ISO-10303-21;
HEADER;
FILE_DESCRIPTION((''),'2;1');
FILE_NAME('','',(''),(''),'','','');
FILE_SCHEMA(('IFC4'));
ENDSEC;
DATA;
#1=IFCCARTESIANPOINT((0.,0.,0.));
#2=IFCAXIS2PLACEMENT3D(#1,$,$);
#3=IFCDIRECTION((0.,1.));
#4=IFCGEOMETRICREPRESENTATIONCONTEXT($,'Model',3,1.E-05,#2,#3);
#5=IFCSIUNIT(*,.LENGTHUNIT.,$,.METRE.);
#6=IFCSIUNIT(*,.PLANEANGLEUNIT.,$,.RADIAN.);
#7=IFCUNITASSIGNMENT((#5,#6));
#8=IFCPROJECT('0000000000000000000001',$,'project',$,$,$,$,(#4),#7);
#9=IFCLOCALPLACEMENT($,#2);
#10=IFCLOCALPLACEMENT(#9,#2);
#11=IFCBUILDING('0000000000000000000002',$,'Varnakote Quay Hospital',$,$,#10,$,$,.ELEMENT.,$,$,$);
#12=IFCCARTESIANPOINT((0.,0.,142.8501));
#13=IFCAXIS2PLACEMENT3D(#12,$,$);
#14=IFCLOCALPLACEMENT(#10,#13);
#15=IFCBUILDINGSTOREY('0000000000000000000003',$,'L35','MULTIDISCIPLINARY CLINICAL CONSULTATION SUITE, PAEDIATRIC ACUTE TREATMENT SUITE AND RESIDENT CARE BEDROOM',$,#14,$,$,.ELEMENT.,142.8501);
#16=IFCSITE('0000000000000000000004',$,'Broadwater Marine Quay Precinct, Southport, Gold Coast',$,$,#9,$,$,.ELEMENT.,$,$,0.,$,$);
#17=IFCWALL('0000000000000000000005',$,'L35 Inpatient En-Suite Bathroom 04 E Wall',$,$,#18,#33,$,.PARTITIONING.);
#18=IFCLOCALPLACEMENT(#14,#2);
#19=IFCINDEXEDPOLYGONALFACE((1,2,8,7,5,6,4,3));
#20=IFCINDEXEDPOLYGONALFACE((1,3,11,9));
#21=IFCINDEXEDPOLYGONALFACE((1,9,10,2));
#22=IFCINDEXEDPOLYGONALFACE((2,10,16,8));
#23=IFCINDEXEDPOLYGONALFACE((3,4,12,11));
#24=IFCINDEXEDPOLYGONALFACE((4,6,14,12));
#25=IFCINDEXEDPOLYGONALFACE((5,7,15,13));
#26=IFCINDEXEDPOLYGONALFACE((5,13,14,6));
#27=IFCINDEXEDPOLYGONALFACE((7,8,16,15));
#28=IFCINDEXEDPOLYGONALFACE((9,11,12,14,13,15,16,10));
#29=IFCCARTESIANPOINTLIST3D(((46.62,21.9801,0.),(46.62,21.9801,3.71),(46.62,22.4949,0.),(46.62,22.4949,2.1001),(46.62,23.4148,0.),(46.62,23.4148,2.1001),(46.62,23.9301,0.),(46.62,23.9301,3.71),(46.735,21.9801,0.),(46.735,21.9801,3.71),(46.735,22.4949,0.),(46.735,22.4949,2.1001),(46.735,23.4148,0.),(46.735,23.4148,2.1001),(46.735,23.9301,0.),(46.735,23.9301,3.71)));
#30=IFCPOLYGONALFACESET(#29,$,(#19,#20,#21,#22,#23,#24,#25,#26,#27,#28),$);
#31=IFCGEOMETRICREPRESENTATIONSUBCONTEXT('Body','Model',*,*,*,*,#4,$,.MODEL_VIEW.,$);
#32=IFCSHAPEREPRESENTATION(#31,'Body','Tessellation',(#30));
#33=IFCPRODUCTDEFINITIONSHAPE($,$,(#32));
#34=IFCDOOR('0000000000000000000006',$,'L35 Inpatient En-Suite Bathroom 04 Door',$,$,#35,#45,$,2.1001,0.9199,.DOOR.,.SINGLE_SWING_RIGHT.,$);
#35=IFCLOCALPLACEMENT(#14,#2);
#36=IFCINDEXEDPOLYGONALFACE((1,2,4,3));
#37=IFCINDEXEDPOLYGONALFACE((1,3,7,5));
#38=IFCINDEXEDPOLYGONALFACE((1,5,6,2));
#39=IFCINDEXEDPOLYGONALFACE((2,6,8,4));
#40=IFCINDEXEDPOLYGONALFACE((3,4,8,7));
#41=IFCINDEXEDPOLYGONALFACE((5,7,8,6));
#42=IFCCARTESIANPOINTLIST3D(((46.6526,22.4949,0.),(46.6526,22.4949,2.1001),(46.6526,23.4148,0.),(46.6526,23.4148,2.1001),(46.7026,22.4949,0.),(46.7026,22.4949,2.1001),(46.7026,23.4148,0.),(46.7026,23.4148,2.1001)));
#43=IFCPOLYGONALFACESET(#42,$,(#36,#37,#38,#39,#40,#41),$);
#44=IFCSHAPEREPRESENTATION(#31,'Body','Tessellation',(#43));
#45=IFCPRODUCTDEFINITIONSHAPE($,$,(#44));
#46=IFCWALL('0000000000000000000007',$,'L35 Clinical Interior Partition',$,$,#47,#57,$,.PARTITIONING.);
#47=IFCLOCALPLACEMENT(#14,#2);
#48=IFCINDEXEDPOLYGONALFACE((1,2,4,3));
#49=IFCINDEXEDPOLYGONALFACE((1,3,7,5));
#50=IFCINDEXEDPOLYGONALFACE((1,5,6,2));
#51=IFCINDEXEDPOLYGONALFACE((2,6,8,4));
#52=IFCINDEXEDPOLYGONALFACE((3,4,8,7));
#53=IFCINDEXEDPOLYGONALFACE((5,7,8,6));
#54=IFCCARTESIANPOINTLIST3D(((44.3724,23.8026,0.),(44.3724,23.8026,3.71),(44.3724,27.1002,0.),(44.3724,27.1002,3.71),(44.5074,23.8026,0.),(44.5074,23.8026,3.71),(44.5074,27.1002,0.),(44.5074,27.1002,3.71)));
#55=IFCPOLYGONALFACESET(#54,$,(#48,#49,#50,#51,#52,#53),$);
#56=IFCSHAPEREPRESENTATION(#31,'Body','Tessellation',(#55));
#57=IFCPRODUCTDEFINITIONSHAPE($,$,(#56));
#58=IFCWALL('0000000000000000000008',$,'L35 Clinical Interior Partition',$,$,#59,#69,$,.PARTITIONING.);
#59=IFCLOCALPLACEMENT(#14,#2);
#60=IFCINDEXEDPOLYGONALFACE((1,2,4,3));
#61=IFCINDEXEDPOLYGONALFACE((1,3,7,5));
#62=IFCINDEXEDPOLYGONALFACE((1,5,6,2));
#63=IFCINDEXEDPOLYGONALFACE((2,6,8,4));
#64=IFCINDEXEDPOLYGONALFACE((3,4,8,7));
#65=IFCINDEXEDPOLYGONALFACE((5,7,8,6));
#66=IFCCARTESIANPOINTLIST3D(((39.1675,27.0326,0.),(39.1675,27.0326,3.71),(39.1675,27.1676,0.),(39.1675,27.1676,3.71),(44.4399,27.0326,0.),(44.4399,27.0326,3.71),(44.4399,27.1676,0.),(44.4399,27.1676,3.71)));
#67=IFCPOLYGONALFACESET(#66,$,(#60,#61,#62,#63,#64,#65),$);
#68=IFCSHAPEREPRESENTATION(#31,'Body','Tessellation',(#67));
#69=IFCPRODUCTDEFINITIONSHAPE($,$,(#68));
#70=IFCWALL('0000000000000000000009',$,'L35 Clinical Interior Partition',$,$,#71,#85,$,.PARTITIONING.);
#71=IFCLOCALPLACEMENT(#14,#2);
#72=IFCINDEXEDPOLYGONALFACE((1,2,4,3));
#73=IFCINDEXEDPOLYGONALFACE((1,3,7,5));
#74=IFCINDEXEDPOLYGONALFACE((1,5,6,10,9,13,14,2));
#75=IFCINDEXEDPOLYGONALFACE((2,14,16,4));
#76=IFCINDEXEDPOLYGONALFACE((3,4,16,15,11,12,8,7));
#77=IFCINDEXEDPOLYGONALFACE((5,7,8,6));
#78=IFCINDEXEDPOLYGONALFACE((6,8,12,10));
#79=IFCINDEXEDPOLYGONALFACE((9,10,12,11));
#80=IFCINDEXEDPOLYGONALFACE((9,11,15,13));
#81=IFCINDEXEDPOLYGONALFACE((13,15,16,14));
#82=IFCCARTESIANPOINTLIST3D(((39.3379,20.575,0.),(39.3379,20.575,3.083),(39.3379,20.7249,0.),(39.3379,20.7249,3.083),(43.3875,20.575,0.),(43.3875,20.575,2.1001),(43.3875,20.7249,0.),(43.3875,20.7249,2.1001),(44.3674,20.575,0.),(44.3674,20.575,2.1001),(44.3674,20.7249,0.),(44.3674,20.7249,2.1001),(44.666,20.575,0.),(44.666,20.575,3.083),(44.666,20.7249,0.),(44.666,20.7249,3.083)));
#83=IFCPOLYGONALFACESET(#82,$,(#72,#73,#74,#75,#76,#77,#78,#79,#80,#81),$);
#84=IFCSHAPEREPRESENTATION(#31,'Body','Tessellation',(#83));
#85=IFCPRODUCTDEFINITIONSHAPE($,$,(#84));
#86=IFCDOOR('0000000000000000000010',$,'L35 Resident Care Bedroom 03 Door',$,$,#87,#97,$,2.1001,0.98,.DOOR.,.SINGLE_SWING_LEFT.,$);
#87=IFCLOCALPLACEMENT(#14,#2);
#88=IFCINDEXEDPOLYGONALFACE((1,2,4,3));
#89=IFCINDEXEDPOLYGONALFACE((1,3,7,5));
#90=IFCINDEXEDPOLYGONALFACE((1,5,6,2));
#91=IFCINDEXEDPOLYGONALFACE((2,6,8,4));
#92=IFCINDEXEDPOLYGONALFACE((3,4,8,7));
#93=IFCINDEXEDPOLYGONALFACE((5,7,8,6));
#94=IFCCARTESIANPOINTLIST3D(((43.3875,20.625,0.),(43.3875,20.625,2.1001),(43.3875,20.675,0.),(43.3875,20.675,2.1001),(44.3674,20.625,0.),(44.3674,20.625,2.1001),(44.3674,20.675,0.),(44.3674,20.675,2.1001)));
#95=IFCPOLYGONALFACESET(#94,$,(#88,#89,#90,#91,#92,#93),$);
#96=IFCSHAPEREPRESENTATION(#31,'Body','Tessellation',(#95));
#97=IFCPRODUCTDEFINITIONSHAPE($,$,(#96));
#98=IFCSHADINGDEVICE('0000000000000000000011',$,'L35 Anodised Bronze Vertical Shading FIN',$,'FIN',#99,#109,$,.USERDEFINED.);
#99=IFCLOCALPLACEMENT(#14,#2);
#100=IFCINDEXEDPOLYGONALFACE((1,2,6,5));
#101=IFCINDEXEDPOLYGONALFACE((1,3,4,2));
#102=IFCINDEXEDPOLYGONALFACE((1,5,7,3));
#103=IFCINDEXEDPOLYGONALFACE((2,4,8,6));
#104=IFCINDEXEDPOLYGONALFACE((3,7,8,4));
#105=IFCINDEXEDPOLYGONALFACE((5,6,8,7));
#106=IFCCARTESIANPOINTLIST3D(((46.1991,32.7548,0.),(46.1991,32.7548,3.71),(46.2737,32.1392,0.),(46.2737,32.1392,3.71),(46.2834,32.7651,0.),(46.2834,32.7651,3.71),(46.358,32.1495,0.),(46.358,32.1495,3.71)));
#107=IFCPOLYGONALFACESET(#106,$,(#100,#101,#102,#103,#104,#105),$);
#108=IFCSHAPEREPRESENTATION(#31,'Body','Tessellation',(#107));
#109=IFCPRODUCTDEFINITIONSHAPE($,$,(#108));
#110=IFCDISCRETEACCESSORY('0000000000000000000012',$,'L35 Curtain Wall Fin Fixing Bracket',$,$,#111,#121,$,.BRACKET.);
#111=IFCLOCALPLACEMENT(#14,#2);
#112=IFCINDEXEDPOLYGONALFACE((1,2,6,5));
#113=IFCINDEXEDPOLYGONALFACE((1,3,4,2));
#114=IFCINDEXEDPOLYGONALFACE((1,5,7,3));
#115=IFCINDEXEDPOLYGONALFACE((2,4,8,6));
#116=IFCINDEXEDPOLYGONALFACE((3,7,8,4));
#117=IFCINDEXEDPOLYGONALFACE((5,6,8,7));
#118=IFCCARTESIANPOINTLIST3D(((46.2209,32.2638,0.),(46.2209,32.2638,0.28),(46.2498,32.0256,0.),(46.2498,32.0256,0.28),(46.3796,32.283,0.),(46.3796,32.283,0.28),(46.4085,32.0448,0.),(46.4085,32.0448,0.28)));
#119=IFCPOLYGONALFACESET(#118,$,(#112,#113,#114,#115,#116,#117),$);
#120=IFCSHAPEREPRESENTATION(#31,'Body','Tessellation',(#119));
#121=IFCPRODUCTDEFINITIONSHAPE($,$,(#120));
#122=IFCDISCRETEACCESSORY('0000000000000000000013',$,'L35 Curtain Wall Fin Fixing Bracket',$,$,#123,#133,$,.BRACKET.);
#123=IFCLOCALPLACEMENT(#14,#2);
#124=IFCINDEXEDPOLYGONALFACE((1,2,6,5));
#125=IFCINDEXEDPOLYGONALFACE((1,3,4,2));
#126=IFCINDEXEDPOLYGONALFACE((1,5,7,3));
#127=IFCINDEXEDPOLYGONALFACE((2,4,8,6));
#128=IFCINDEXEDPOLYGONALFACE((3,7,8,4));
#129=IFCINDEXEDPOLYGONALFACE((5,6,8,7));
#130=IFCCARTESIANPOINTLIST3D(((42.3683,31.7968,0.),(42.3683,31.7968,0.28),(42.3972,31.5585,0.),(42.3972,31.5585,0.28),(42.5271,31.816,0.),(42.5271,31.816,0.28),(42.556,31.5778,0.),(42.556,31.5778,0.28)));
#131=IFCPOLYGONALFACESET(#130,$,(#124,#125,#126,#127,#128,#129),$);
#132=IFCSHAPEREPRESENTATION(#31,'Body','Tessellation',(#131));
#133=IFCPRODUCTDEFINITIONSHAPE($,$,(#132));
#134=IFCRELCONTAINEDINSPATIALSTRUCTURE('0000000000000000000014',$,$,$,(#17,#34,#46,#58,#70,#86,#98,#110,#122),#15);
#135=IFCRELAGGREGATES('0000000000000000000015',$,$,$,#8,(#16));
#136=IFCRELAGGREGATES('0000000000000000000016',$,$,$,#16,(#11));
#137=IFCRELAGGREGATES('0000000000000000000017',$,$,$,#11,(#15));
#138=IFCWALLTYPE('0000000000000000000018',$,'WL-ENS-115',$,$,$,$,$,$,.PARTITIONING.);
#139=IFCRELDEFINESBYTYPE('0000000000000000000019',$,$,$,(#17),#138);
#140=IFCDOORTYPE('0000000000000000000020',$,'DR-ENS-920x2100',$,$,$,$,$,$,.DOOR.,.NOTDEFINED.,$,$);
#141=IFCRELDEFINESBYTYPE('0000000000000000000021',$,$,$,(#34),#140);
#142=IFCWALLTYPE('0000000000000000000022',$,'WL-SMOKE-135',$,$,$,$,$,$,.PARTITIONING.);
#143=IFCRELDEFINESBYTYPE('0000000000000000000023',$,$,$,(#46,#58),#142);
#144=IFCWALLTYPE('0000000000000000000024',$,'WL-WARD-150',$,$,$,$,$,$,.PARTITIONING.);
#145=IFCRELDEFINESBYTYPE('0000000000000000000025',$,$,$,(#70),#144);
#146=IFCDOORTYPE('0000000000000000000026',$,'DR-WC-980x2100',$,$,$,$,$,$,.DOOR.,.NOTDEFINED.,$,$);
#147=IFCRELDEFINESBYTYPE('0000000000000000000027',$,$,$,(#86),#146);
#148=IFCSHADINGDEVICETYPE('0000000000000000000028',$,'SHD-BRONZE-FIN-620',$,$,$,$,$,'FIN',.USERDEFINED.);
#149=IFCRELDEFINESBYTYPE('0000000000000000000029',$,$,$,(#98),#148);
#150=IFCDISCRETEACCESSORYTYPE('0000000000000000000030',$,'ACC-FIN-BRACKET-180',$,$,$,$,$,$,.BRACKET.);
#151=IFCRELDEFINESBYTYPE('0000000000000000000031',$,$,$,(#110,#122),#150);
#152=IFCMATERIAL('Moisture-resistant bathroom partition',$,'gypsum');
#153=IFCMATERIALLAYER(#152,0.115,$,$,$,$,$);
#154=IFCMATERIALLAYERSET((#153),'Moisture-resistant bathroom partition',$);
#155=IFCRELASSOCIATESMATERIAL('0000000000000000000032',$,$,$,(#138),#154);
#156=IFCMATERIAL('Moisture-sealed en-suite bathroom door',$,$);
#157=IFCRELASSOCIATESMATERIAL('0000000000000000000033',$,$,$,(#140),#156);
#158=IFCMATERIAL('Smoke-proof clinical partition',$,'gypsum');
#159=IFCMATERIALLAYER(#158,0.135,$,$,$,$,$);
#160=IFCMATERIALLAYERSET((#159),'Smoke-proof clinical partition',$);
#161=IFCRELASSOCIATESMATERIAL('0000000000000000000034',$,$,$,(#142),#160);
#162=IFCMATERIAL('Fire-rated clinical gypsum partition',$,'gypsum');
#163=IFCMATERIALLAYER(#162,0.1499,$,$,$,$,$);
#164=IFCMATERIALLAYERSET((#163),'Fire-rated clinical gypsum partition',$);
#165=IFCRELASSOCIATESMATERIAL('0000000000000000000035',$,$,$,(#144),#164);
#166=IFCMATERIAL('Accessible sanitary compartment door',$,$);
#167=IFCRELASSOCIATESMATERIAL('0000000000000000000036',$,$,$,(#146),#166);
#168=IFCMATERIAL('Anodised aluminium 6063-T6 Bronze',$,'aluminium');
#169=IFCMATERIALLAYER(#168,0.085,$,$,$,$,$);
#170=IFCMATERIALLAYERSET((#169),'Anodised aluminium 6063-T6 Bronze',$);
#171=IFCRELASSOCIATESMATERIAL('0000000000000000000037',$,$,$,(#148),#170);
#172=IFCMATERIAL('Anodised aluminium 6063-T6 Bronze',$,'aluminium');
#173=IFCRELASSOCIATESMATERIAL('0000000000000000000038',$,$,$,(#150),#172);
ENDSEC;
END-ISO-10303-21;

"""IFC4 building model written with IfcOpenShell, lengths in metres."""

from ifc_helpers import new_model, si_unit, direction, frame, frame_2d, origin, origin_2d, place, context, subcontext, project, spatial, rectangle, extrude, material, layer, layer_set, type_object, element, fill, save


model = new_model("IFC4")

# Units and contexts
model_context = context("Model", 3, precision=1e-05, world=origin(), true_north=direction((0.0, 1.0)))
body_context = subcontext(model_context, "Body", "Model", "MODEL_VIEW")
ifc_project = project(units=[si_unit("LENGTHUNIT", "METRE"), si_unit("PLANEANGLEUNIT", "RADIAN")], contexts=[model_context])

# Site, building, storey
site_placement = place(None, origin())
site = spatial("IfcSite", under=ifc_project, at=site_placement, Name="Broadwater Marine Quay Precinct, Southport, Gold Coast", CompositionType="ELEMENT", RefElevation=0.0)
building_placement = place(site_placement, origin())
building = spatial("IfcBuilding", under=site, at=building_placement, Name="Varnakote Quay Hospital", CompositionType="ELEMENT")
storey_placement = place(building_placement, frame((0.0, 0.0, 142.8501)))
storey = spatial("IfcBuildingStorey", under=building, at=storey_placement, Name="L35", Description="MULTIDISCIPLINARY CLINICAL CONSULTATION SUITE, PAEDIATRIC ACUTE TREATMENT SUITE AND RESIDENT CARE BEDROOM", CompositionType="ELEMENT", Elevation=142.8501)

# Shared definitions
ifc_material_1 = material(Name="Moisture-resistant bathroom partition", Category="gypsum")
ifc_layer_1 = layer(ifc_material_1, 0.115)
ifc_layer_set_1 = layer_set([ifc_layer_1], Name="Moisture-resistant bathroom partition")
wall_type_1 = type_object("IfcWallType", Name="WL-ENS-115", PredefinedType="PARTITIONING", material=ifc_layer_set_1)

# Wall, opening, door
wall_1_placement = place(storey_placement, frame((46.6775, 21.98, 0.0), z_axis=(0.0, 0.0, 1.0), x_axis=(0.0, 1.0, 0.0)))
wall_1 = element("IfcWall", 1, at=wall_1_placement, inside=storey, type_object=wall_type_1, Name="L35 Inpatient En-Suite Bathroom 04 E Wall", PredefinedType="PARTITIONING", context=body_context, shape_type="SweptSolid", body=[
    extrude(rectangle(XDim=1.95, YDim=0.115, at=frame_2d((0.9751, 0.0))), origin(), (0.0, 0.0, 1.0), 3.71),
])
opening_1_placement = place(wall_1_placement, frame((0.5149, 0.0, 0.0)))
opening_1 = element("IfcOpeningElement", 2, at=opening_1_placement, cuts=wall_1, PredefinedType="OPENING", context=body_context, shape_type="SweptSolid", body=[
    extrude(rectangle(XDim=0.9199, YDim=2.1001, at=frame_2d((0.46, 1.05))), frame((0.0, 0.0674, 0.0), z_axis=(0.0, -1.0, 0.0), x_axis=(1.0, 0.0, 0.0)), (0.0, 0.0, 1.0), 0.135),
])
ifc_material_2 = material(Name="Moisture-sealed en-suite bathroom door")
door_type_1 = type_object("IfcDoorType", Name="DR-ENS-920x2100", OperationType="NOTDEFINED", PredefinedType="DOOR", material=ifc_material_2)
door_1_placement = place(opening_1_placement, origin())
door_1 = element("IfcDoor", 3, at=door_1_placement, inside=storey, type_object=door_type_1, Name="L35 Inpatient En-Suite Bathroom 04 Door", OperationType="SINGLE_SWING_RIGHT", OverallHeight=2.1001, OverallWidth=0.9199, PredefinedType="DOOR", context=body_context, shape_type="SweptSolid", body=[
    extrude(rectangle(XDim=0.9199, YDim=2.1001, at=frame_2d((0.46, 1.05))), frame((0.0, 0.0249, 0.0), z_axis=(0.0, -1.0, 0.0), x_axis=(1.0, 0.0, 0.0)), (0.0, 0.0, 1.0), 0.05),
])
fill(opening_1, door_1)

# Walls
ifc_material_3 = material(Name="Smoke-proof clinical partition", Category="gypsum")
ifc_layer_2 = layer(ifc_material_3, 0.135)
ifc_layer_set_2 = layer_set([ifc_layer_2], Name="Smoke-proof clinical partition")
wall_type_2 = type_object("IfcWallType", Name="WL-SMOKE-135", PredefinedType="PARTITIONING", material=ifc_layer_set_2)
wall_2_placement = place(storey_placement, frame((44.4399, 23.8025, 0.0), z_axis=(0.0, 0.0, 1.0), x_axis=(0.0, 1.0, 0.0)))
element("IfcWall", 4, at=wall_2_placement, inside=storey, type_object=wall_type_2, Name="L35 Clinical Interior Partition", PredefinedType="PARTITIONING", context=body_context, shape_type="SweptSolid", body=[
    extrude(rectangle(XDim=3.2976, YDim=0.135, at=frame_2d((1.6489, 0.0))), origin(), (0.0, 0.0, 1.0), 3.71),
])
wall_3_placement = place(storey_placement, frame((44.4399, 27.1001, 0.0), z_axis=(0.0, 0.0, 1.0), x_axis=(-1.0, 0.0, 0.0)))
element("IfcWall", 5, at=wall_3_placement, inside=storey, type_object=wall_type_2, Name="L35 Clinical Interior Partition", PredefinedType="PARTITIONING", context=body_context, shape_type="SweptSolid", body=[
    extrude(rectangle(XDim=5.2725, YDim=0.135, at=frame_2d((2.6362, 0.0))), origin(), (0.0, 0.0, 1.0), 3.71),
])

# Wall, opening, door
ifc_material_4 = material(Name="Fire-rated clinical gypsum partition", Category="gypsum")
ifc_layer_3 = layer(ifc_material_4, 0.1499)
ifc_layer_set_3 = layer_set([ifc_layer_3], Name="Fire-rated clinical gypsum partition")
wall_type_3 = type_object("IfcWallType", Name="WL-WARD-150", PredefinedType="PARTITIONING", material=ifc_layer_set_3)
wall_4_placement = place(storey_placement, frame((44.666, 20.6499, 0.0), z_axis=(0.0, 0.0, 1.0), x_axis=(-1.0, 0.0, 0.0)))
wall_4 = element("IfcWall", 6, at=wall_4_placement, inside=storey, type_object=wall_type_3, Name="L35 Clinical Interior Partition", PredefinedType="PARTITIONING", context=body_context, shape_type="SweptSolid", body=[
    extrude(rectangle(XDim=5.3281, YDim=0.1499, at=frame_2d((2.6641, 0.0))), origin(), (0.0, 0.0, 1.0), 3.083),
])
opening_2_placement = place(wall_4_placement, frame((0.2986, 0.0, 0.0)))
opening_2 = element("IfcOpeningElement", 7, at=opening_2_placement, cuts=wall_4, PredefinedType="OPENING", context=body_context, shape_type="SweptSolid", body=[
    extrude(rectangle(XDim=0.98, YDim=2.1001, at=frame_2d((0.49, 1.05))), frame((0.0, 0.085, 0.0), z_axis=(0.0, -1.0, 0.0), x_axis=(1.0, 0.0, 0.0)), (0.0, 0.0, 1.0), 0.1699),
])
ifc_material_5 = material(Name="Accessible sanitary compartment door")
door_type_2 = type_object("IfcDoorType", Name="DR-WC-980x2100", OperationType="NOTDEFINED", PredefinedType="DOOR", material=ifc_material_5)
door_2_placement = place(opening_2_placement, origin())
door_2 = element("IfcDoor", 8, at=door_2_placement, inside=storey, type_object=door_type_2, Name="L35 Resident Care Bedroom 03 Door", OperationType="SINGLE_SWING_LEFT", OverallHeight=2.1001, OverallWidth=0.98, PredefinedType="DOOR", context=body_context, shape_type="SweptSolid", body=[
    extrude(rectangle(XDim=0.98, YDim=2.1001, at=frame_2d((0.49, 1.05))), frame((0.0, 0.0249, 0.0), z_axis=(0.0, -1.0, 0.0), x_axis=(1.0, 0.0, 0.0)), (0.0, 0.0, 1.0), 0.05),
])
fill(opening_2, door_2)

# Shading device
ifc_material_6 = material(Name="Anodised aluminium 6063-T6 Bronze", Category="aluminium")
ifc_layer_4 = layer(ifc_material_6, 0.085)
ifc_layer_set_4 = layer_set([ifc_layer_4], Name="Anodised aluminium 6063-T6 Bronze")
shading_device_type = type_object("IfcShadingDeviceType", Name="SHD-BRONZE-FIN-620", ElementType="FIN", PredefinedType="USERDEFINED", material=ifc_layer_set_4)
shading_device_placement = place(storey_placement, frame((46.2786, 32.4521, 0.0), z_axis=(0.0, 0.0, 1.0), x_axis=(0.12031, -0.992736, 0.0)))
element("IfcShadingDevice", 9, at=shading_device_placement, inside=storey, type_object=shading_device_type, Name="L35 Anodised Bronze Vertical Shading FIN", ObjectType="FIN", PredefinedType="USERDEFINED", context=body_context, shape_type="SweptSolid", body=[
    extrude(rectangle(XDim=0.6201, YDim=0.085, at=origin_2d()), origin(), (0.0, 0.0, 1.0), 3.71),
])

# Discrete accessories
ifc_material_7 = material(Name="Anodised aluminium 6063-T6 Bronze", Category="aluminium")
discrete_accessory_type = type_object("IfcDiscreteAccessoryType", Name="ACC-FIN-BRACKET-180", PredefinedType="BRACKET", material=ifc_material_7)
for number, where, z_axis, x_axis, name in (
    (10, (46.3147, 32.1543, 0.0), (0.0, 0.0, 1.0), (-0.992736, -0.12031, 0.0), "L35 Curtain Wall Fin Fixing Bracket"),
    (11, (42.4622, 31.6873, 0.0), (0.0, 0.0, 1.0), (-0.992736, -0.12031, 0.0), "L35 Curtain Wall Fin Fixing Bracket"),
):
    element("IfcDiscreteAccessory", number, at=place(storey_placement, frame(where, z_axis=z_axis, x_axis=x_axis)), inside=storey, type_object=discrete_accessory_type, Name=name, PredefinedType="BRACKET", context=body_context, shape_type="SweptSolid", body=[
        extrude(rectangle(XDim=0.1599, YDim=0.24, at=origin_2d()), origin(), (0.0, 0.0, 1.0), 0.28),
    ])

save(model, "model.ifc")
